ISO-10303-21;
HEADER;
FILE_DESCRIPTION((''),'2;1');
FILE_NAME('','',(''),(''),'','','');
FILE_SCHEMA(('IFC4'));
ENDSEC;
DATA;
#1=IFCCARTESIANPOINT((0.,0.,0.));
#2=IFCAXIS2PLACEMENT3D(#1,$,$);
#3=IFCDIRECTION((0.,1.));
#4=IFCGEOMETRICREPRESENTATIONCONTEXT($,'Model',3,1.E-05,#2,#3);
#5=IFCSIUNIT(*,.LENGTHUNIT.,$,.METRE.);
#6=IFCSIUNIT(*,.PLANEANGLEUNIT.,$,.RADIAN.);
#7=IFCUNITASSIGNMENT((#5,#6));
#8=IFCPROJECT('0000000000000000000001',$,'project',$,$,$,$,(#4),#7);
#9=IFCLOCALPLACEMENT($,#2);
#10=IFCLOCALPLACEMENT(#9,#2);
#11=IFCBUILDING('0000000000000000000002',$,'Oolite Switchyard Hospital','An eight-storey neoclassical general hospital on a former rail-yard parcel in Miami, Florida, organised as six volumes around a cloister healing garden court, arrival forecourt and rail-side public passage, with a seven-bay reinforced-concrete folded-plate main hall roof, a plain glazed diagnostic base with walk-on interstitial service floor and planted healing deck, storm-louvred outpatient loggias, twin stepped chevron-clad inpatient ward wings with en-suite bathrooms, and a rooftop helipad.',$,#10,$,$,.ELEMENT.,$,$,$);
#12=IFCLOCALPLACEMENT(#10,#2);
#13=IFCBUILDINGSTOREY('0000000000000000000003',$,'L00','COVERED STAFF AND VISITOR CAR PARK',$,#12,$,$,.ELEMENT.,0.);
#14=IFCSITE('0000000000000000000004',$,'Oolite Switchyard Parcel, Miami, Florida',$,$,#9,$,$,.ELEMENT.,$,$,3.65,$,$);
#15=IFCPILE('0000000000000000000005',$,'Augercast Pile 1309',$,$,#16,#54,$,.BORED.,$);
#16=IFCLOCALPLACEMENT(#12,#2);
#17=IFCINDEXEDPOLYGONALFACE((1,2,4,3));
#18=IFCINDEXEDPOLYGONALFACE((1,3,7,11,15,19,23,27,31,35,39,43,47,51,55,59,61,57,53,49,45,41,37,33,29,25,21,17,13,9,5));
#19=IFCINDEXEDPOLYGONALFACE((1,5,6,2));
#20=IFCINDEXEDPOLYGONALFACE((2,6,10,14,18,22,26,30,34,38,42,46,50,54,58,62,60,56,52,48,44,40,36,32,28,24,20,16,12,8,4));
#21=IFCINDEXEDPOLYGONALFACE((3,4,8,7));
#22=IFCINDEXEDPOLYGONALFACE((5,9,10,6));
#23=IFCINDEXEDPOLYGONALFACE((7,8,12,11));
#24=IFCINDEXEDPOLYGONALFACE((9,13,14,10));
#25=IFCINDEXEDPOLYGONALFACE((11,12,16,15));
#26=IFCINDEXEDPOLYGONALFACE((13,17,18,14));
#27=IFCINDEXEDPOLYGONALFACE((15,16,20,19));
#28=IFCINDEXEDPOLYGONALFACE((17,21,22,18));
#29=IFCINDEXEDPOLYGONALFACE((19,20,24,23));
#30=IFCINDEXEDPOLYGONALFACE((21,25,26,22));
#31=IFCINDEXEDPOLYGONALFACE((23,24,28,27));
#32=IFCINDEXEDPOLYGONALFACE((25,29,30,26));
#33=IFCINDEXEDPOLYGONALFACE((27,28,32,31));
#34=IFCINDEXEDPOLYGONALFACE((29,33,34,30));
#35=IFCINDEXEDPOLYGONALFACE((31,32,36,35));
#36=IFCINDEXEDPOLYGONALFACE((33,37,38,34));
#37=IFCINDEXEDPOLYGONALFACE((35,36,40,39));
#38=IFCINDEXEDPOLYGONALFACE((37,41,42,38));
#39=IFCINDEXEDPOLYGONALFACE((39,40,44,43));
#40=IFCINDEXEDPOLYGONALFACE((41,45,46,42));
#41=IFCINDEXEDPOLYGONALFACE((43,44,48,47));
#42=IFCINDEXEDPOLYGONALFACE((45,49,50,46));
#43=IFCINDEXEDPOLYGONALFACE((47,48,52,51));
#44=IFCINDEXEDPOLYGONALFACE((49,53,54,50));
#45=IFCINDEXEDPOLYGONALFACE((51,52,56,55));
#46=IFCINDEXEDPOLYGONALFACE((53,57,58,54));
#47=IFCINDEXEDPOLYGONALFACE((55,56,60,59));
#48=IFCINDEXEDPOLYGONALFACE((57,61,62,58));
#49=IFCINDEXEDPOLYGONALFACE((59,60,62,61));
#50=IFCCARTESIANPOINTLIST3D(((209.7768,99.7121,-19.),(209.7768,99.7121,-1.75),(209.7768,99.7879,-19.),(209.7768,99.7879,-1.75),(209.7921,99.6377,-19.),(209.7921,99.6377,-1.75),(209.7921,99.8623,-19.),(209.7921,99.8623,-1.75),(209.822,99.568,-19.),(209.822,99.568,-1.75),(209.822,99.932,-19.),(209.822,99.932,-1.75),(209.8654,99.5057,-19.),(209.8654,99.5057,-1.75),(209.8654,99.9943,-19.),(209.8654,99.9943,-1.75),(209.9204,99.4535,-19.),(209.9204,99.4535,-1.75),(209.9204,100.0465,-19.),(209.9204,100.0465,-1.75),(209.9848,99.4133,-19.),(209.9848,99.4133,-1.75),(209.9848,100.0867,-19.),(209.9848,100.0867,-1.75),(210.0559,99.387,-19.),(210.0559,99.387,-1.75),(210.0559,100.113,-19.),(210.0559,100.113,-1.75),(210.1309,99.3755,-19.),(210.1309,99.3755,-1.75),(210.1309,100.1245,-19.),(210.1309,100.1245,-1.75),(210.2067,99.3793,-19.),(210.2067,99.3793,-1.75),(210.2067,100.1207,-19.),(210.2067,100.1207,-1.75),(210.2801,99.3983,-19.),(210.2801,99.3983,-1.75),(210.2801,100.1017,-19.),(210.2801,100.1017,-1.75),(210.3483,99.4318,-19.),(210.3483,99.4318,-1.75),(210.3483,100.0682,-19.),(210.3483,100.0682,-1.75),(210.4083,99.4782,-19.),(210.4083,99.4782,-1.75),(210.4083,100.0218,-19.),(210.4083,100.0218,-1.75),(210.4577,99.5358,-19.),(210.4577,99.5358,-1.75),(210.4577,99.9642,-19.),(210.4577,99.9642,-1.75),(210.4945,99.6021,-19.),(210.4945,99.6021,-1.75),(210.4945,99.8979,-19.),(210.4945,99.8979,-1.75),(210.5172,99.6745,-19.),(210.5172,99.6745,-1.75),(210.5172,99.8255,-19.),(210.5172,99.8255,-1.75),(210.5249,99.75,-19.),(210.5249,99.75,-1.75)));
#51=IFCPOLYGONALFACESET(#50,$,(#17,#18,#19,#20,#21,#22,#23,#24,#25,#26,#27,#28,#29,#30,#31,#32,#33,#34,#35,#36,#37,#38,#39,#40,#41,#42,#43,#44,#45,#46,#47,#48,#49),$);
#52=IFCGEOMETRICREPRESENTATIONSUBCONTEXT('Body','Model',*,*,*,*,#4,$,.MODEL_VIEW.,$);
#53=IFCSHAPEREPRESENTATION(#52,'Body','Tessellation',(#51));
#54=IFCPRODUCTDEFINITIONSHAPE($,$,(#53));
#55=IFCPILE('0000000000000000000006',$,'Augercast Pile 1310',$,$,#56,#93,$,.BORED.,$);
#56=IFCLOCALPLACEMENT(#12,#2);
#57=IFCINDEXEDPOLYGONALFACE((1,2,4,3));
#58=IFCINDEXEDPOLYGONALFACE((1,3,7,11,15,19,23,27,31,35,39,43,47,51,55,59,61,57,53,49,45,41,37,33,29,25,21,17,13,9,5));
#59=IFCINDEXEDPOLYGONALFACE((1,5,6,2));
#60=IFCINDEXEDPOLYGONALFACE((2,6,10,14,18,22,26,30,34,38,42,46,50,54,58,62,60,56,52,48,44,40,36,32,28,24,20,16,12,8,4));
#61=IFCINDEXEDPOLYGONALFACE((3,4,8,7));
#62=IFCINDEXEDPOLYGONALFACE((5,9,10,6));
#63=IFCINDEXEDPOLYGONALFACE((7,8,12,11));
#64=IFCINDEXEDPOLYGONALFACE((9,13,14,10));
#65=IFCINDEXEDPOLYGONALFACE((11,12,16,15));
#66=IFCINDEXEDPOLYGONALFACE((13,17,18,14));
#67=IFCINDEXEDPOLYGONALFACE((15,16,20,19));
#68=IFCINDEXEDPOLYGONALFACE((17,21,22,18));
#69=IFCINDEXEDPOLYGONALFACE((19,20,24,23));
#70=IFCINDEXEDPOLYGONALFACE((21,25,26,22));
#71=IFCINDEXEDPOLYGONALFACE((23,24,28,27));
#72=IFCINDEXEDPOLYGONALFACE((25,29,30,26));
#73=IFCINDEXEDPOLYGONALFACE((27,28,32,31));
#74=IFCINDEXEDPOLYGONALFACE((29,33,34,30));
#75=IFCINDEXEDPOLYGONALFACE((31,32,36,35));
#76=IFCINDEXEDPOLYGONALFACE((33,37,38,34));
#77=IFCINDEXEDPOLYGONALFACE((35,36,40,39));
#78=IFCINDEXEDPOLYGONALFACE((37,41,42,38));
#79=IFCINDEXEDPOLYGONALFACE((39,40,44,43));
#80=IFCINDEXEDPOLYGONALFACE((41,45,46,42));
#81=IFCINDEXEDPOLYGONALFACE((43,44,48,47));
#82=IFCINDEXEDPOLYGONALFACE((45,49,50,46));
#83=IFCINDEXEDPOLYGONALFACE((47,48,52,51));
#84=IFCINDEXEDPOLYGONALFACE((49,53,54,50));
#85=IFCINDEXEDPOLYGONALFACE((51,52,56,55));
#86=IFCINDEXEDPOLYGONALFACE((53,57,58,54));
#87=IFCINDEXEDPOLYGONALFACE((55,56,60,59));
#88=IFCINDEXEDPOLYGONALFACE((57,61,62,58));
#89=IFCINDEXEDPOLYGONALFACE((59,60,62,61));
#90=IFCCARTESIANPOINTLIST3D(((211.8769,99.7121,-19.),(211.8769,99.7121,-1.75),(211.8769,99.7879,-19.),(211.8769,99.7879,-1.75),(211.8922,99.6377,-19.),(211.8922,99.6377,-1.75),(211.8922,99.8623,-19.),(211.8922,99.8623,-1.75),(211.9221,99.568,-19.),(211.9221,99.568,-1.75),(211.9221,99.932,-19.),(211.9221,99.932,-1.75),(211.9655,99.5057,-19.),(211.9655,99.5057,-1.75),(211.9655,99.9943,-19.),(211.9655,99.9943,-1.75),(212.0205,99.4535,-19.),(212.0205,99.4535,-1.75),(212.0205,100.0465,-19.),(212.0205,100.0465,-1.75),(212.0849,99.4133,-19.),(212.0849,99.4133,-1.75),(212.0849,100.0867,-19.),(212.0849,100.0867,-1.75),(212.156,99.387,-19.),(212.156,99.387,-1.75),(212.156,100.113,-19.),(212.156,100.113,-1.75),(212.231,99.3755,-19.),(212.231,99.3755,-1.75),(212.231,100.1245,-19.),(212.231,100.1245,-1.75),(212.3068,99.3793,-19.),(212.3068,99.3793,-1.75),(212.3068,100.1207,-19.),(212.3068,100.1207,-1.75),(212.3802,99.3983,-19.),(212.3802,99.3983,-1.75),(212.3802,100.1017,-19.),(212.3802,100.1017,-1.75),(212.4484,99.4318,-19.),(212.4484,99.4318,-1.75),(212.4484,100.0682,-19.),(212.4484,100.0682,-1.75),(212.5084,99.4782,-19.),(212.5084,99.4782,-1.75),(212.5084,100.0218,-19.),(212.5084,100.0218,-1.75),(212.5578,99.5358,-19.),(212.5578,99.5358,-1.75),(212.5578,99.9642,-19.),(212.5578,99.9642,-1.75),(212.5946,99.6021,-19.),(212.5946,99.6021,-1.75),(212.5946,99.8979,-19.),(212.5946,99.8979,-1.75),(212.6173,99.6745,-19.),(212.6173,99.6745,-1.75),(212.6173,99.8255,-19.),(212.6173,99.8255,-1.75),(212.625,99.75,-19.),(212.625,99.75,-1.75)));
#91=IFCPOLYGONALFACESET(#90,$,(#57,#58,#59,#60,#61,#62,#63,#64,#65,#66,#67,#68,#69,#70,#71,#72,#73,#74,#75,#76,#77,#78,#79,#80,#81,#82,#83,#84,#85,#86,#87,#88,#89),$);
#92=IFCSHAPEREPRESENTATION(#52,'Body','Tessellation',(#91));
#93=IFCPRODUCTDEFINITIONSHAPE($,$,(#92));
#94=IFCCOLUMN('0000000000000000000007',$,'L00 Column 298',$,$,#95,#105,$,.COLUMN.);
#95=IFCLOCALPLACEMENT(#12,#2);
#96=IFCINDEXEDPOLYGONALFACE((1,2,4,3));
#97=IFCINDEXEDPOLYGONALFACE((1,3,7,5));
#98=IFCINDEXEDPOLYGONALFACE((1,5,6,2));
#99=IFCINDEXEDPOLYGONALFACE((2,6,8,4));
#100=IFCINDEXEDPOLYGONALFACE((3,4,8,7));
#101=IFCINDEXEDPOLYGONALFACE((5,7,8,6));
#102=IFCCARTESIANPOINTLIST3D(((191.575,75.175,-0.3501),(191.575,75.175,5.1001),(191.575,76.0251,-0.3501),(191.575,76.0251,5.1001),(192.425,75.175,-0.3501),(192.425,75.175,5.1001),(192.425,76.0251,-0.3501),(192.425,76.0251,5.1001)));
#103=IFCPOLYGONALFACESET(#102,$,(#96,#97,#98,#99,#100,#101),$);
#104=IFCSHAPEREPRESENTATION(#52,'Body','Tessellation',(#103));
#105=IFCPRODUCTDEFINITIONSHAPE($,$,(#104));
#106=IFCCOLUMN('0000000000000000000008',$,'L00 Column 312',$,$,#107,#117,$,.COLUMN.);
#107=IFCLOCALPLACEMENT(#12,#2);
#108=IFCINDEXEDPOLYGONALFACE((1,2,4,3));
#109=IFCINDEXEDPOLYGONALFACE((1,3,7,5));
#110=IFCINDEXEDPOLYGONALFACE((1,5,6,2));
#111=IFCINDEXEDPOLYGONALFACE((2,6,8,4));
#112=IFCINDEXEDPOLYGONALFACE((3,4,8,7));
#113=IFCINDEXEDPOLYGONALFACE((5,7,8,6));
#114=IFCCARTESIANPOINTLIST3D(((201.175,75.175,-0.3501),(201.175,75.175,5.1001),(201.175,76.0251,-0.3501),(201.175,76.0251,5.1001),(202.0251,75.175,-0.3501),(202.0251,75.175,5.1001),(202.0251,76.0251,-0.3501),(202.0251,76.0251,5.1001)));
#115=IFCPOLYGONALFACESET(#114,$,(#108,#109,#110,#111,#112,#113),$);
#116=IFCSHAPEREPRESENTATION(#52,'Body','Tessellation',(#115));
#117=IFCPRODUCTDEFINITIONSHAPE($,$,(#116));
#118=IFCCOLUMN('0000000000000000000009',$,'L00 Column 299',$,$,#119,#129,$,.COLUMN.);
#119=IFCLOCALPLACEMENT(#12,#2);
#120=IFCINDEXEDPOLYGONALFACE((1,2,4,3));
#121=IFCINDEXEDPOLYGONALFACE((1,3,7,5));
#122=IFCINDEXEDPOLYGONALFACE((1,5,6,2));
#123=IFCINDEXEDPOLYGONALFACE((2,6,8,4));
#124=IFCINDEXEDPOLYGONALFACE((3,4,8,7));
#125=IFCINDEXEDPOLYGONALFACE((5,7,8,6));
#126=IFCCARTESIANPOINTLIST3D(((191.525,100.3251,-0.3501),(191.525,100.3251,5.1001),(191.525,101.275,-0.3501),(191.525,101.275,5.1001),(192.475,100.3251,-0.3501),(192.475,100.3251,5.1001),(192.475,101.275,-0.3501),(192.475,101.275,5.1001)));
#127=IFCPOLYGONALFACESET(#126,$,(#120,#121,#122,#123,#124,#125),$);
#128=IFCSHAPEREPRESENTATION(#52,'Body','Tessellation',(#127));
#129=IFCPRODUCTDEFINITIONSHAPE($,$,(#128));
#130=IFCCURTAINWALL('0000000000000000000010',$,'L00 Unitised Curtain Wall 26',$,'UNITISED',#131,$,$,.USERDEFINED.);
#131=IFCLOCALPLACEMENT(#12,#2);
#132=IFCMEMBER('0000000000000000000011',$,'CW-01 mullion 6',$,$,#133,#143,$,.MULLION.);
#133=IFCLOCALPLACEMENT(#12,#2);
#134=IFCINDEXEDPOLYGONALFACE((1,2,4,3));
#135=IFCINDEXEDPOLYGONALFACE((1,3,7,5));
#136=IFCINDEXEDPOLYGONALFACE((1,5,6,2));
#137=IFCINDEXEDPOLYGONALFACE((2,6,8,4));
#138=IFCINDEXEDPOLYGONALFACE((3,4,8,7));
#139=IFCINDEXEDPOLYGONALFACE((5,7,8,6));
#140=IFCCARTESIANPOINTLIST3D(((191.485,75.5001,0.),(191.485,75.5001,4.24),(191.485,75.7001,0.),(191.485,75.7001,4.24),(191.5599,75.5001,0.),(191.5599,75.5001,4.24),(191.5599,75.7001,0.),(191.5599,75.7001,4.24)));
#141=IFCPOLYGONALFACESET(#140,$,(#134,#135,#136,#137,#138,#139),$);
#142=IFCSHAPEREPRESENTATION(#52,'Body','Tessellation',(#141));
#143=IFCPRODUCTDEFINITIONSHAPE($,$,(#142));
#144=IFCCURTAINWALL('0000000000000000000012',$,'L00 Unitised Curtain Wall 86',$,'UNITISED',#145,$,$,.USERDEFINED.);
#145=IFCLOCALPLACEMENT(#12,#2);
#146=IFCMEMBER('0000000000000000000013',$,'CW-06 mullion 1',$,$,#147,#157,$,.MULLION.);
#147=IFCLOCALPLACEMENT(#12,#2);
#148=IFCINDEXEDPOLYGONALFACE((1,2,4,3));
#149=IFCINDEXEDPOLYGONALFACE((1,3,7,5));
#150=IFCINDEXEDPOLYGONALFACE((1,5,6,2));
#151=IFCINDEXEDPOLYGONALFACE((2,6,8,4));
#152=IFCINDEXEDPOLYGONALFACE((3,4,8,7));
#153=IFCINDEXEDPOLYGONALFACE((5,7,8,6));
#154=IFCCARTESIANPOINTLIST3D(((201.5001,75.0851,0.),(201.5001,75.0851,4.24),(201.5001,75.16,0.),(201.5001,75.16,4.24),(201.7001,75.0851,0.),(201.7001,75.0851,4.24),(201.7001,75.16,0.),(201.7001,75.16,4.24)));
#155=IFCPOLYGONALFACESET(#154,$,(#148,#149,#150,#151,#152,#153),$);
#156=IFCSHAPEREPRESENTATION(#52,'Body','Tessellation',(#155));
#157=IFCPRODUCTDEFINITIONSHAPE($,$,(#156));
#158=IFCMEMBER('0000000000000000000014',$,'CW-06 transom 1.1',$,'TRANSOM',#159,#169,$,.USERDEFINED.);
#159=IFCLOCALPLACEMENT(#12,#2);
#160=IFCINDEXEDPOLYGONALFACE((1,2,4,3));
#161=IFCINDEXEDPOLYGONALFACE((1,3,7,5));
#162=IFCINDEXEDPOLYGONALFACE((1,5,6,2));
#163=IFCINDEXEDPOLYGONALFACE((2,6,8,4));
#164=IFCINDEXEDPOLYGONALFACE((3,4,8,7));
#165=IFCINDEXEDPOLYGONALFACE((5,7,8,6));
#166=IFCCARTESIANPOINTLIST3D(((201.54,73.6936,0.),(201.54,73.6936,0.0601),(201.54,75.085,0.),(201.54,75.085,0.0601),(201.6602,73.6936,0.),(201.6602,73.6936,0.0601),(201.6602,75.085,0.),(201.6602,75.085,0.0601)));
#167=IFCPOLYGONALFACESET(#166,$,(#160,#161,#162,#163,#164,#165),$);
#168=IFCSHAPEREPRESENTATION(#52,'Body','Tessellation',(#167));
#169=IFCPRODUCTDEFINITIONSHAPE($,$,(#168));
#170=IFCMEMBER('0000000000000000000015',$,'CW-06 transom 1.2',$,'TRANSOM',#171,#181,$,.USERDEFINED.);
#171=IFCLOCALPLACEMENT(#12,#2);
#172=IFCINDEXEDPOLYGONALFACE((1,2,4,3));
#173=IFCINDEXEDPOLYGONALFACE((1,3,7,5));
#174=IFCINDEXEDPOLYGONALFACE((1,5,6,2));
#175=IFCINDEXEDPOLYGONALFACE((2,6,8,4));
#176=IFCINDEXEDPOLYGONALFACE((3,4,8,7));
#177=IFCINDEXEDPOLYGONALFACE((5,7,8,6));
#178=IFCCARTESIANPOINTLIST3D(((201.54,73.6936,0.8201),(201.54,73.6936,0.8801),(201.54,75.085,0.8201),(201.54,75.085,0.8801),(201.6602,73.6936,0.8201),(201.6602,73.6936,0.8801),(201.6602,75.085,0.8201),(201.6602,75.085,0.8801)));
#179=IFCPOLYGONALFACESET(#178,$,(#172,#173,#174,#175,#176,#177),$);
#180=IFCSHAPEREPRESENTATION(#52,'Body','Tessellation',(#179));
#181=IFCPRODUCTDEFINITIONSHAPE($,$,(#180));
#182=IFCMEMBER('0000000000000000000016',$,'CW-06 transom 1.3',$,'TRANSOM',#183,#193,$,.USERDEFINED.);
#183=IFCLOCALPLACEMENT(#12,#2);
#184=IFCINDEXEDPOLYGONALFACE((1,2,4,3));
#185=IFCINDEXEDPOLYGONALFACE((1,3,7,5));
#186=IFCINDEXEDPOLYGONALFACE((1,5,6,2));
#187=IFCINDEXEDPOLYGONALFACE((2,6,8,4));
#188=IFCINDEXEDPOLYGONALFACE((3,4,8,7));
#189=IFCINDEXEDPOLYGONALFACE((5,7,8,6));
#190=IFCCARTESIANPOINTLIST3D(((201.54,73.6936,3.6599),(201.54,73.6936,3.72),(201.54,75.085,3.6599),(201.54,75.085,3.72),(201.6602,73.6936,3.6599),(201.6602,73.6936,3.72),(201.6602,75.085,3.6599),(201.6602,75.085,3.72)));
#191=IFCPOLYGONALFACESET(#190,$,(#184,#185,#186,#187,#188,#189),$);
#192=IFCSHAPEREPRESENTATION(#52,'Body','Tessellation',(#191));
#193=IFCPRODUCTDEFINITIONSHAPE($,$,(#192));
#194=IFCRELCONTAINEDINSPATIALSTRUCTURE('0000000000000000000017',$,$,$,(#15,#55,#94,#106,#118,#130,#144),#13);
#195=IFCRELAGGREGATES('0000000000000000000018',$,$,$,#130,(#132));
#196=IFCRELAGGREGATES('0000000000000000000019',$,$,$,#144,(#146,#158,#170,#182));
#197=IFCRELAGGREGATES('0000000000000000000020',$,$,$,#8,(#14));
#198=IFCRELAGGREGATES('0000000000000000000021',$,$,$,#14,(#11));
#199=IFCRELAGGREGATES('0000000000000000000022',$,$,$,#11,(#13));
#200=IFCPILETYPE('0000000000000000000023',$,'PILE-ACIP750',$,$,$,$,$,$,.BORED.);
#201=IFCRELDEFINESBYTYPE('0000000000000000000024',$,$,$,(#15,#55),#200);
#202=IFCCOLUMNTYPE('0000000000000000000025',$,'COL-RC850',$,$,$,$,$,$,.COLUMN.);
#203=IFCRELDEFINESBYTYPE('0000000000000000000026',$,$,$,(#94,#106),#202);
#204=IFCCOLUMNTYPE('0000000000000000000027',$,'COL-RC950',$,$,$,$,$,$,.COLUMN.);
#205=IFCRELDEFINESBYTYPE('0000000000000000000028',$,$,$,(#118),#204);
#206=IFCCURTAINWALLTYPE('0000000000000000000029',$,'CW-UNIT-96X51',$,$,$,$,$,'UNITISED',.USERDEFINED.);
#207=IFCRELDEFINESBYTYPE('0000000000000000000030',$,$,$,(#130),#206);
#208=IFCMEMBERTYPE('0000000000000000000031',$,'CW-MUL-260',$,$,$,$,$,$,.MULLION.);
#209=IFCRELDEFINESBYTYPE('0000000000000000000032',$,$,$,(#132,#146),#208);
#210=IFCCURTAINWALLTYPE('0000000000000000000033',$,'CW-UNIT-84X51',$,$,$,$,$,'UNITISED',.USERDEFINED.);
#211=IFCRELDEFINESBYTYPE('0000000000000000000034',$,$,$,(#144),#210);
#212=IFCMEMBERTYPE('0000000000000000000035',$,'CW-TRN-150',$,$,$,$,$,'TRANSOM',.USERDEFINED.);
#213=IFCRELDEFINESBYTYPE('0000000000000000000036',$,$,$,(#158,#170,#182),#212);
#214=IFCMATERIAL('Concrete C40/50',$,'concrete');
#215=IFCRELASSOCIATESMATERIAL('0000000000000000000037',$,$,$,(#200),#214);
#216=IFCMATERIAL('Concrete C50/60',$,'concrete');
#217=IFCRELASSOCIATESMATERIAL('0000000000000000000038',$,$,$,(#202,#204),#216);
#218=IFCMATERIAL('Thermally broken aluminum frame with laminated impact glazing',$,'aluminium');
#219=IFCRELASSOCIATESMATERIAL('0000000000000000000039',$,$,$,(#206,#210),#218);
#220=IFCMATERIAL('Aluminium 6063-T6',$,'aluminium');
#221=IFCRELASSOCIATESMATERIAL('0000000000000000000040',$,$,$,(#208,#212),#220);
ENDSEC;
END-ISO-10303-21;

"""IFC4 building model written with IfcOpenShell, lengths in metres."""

from ifc_helpers import new_model, si_unit, direction, frame, origin, origin_2d, place, context, subcontext, project, spatial, rectangle, circle, extrude, material, material_profile, profile_set, type_object, element, aggregate, save


model = new_model("IFC4")

# Units and contexts
model_context = context("Model", 3, precision=1e-05, world=origin(), true_north=direction((0.0, 1.0)))
body_context = subcontext(model_context, "Body", "Model", "MODEL_VIEW")
ifc_project = project(units=[si_unit("LENGTHUNIT", "METRE"), si_unit("PLANEANGLEUNIT", "RADIAN")], contexts=[model_context])

# Site, building, storey
site_placement = place(None, origin())
site = spatial("IfcSite", under=ifc_project, at=site_placement, Name="Oolite Switchyard Parcel, Miami, Florida", CompositionType="ELEMENT", RefElevation=3.65)
building_placement = place(site_placement, origin())
building = spatial("IfcBuilding", under=site, at=building_placement, Name="Oolite Switchyard Hospital", Description="An eight-storey neoclassical general hospital on a former rail-yard parcel in Miami, Florida, organised as six volumes around a cloister healing garden court, arrival forecourt and rail-side public passage, with a seven-bay reinforced-concrete folded-plate main hall roof, a plain glazed diagnostic base with walk-on interstitial service floor and planted healing deck, storm-louvred outpatient loggias, twin stepped chevron-clad inpatient ward wings with en-suite bathrooms, and a rooftop helipad.", CompositionType="ELEMENT")
storey_placement = place(building_placement, origin())
storey = spatial("IfcBuildingStorey", under=building, at=storey_placement, Name="L00", Description="COVERED STAFF AND VISITOR CAR PARK", CompositionType="ELEMENT", Elevation=0.0)

# Shared definitions
ifc_material_1 = material(Name="Concrete C40/50", Category="concrete")

# Piles
ifc_material_profile_1 = material_profile(ifc_material_1, circle(Radius=0.375, at=origin_2d()), Name="PILE750")
ifc_profile_set_1 = profile_set([ifc_material_profile_1], Name="Concrete C40/50")
pile_type_1 = type_object("IfcPileType", Name="PILE-ACIP750", PredefinedType="BORED", material=ifc_profile_set_1)
for number, where, z_axis, x_axis, name in (
    (1, (210.1499, 99.75, -1.75), (0.0, 0.0, -1.0), (1.0, 0.0, 0.0), "Augercast Pile 1309"),
    (2, (212.25, 99.75, -1.75), (0.0, 0.0, -1.0), (1.0, 0.0, 0.0), "Augercast Pile 1310"),
):
    element("IfcPile", number, at=place(storey_placement, frame(where, z_axis=z_axis, x_axis=x_axis)), inside=storey, type_object=pile_type_1, Name=name, PredefinedType="BORED", context=body_context, shape_type="SweptSolid", body=[
        extrude(circle(Radius=0.375, at=origin_2d()), origin(), (0.0, 0.0, 1.0), 17.25),
    ])

# Columns
ifc_material_2 = material(Name="Concrete C50/60", Category="concrete")
ifc_material_profile_2 = material_profile(ifc_material_2, rectangle(XDim=0.8501, YDim=0.8501, at=origin_2d()), Name="RC850X850")
ifc_profile_set_2 = profile_set([ifc_material_profile_2], Name="Concrete C50/60")
column_type_1 = type_object("IfcColumnType", Name="COL-RC850", PredefinedType="COLUMN", material=ifc_profile_set_2)
for number, where, z_axis, x_axis, name in (
    (3, (192.0, 75.6001, -0.3501), (0.0, 0.0, 1.0), (1.0, 0.0, 0.0), "L00 Column 298"),
    (4, (201.6001, 75.6001, -0.3501), (0.0, 0.0, 1.0), (1.0, 0.0, 0.0), "L00 Column 312"),
):
    element("IfcColumn", number, at=place(storey_placement, frame(where, z_axis=z_axis, x_axis=x_axis)), inside=storey, type_object=column_type_1, Name=name, PredefinedType="COLUMN", context=body_context, shape_type="SweptSolid", body=[
        extrude(rectangle(XDim=0.8501, YDim=0.8501, at=origin_2d()), origin(), (0.0, 0.0, 1.0), 5.4502),
    ])
ifc_material_profile_3 = material_profile(ifc_material_2, rectangle(XDim=0.95, YDim=0.95, at=origin_2d()), Name="RC950X950")
ifc_profile_set_3 = profile_set([ifc_material_profile_3], Name="Concrete C50/60")
column_type_2 = type_object("IfcColumnType", Name="COL-RC950", PredefinedType="COLUMN", material=ifc_profile_set_3)
column_placement = place(storey_placement, frame((192.0, 100.8, -0.3501), z_axis=(0.0, 0.0, 1.0), x_axis=(1.0, 0.0, 0.0)))
element("IfcColumn", 5, at=column_placement, inside=storey, type_object=column_type_2, Name="L00 Column 299", PredefinedType="COLUMN", context=body_context, shape_type="SweptSolid", body=[
    extrude(rectangle(XDim=0.95, YDim=0.95, at=origin_2d()), origin(), (0.0, 0.0, 1.0), 5.4502),
])

# Curtain wall, member
ifc_material_3 = material(Name="Thermally broken aluminum frame with laminated impact glazing", Category="aluminium")
curtain_wall_type_1 = type_object("IfcCurtainWallType", Name="CW-UNIT-96X51", ElementType="UNITISED", PredefinedType="USERDEFINED", material=ifc_material_3)
curtain_wall_1_placement = place(storey_placement, origin())
curtain_wall_1 = element("IfcCurtainWall", 6, at=curtain_wall_1_placement, inside=storey, type_object=curtain_wall_type_1, Name="L00 Unitised Curtain Wall 26", ObjectType="UNITISED", PredefinedType="USERDEFINED")
ifc_material_4 = material(Name="Aluminium 6063-T6", Category="aluminium")
ifc_material_profile_4 = material_profile(ifc_material_4, rectangle(XDim=0.2, YDim=0.075, at=origin_2d()), Name="CWM75X200")
ifc_profile_set_4 = profile_set([ifc_material_profile_4], Name="Aluminium 6063-T6")
member_type_1 = type_object("IfcMemberType", Name="CW-MUL-260", PredefinedType="MULLION", material=ifc_profile_set_4)
member_1_placement = place(storey_placement, frame((191.5225, 75.6001, 0.0), z_axis=(0.0, 0.0, 1.0), x_axis=(0.0, 1.0, 0.0)))
member_1 = element("IfcMember", 7, at=member_1_placement, type_object=member_type_1, Name="CW-01 mullion 6", PredefinedType="MULLION", context=body_context, shape_type="SweptSolid", body=[
    extrude(rectangle(XDim=0.2, YDim=0.075, at=origin_2d()), origin(), (0.0, 0.0, 1.0), 4.24),
])
aggregate(curtain_wall_1, [member_1])

# Curtain wall, members
curtain_wall_type_2 = type_object("IfcCurtainWallType", Name="CW-UNIT-84X51", ElementType="UNITISED", PredefinedType="USERDEFINED", material=ifc_material_3)
curtain_wall_2_placement = place(storey_placement, origin())
curtain_wall_2 = element("IfcCurtainWall", 8, at=curtain_wall_2_placement, inside=storey, type_object=curtain_wall_type_2, Name="L00 Unitised Curtain Wall 86", ObjectType="UNITISED", PredefinedType="USERDEFINED")
member_2_placement = place(storey_placement, frame((201.6001, 75.1226, 0.0), z_axis=(0.0, 0.0, 1.0), x_axis=(1.0, 0.0, 0.0)))
member_2 = element("IfcMember", 9, at=member_2_placement, type_object=member_type_1, Name="CW-06 mullion 1", PredefinedType="MULLION", context=body_context, shape_type="SweptSolid", body=[
    extrude(rectangle(XDim=0.2, YDim=0.075, at=origin_2d()), origin(), (0.0, 0.0, 1.0), 4.24),
])
ifc_material_profile_5 = material_profile(ifc_material_4, rectangle(XDim=0.1201, YDim=0.0601, at=origin_2d()), Name="CWT60X120")
ifc_profile_set_5 = profile_set([ifc_material_profile_5], Name="Aluminium 6063-T6")
member_type_2 = type_object("IfcMemberType", Name="CW-TRN-150", ElementType="TRANSOM", PredefinedType="USERDEFINED", material=ifc_profile_set_5)
member_3_placement = place(storey_placement, frame((201.6001, 75.085, 0.03), z_axis=(0.0, -1.0, 0.0), x_axis=(1.0, 0.0, 0.0)))
member_3 = element("IfcMember", 10, at=member_3_placement, type_object=member_type_2, Name="CW-06 transom 1.1", ObjectType="TRANSOM", PredefinedType="USERDEFINED", context=body_context, shape_type="SweptSolid", body=[
    extrude(rectangle(XDim=0.1201, YDim=0.0601, at=origin_2d()), origin(), (0.0, 0.0, 1.0), 1.3914),
])
member_4_placement = place(storey_placement, frame((201.6001, 75.085, 0.8501), z_axis=(0.0, -1.0, 0.0), x_axis=(1.0, 0.0, 0.0)))
member_4 = element("IfcMember", 11, at=member_4_placement, type_object=member_type_2, Name="CW-06 transom 1.2", ObjectType="TRANSOM", PredefinedType="USERDEFINED", context=body_context, shape_type="SweptSolid", body=[
    extrude(rectangle(XDim=0.1201, YDim=0.0601, at=origin_2d()), origin(), (0.0, 0.0, 1.0), 1.3914),
])
member_5_placement = place(storey_placement, frame((201.6001, 75.085, 3.6899), z_axis=(0.0, -1.0, 0.0), x_axis=(1.0, 0.0, 0.0)))
member_5 = element("IfcMember", 12, at=member_5_placement, type_object=member_type_2, Name="CW-06 transom 1.3", ObjectType="TRANSOM", PredefinedType="USERDEFINED", context=body_context, shape_type="SweptSolid", body=[
    extrude(rectangle(XDim=0.1201, YDim=0.0601, at=origin_2d()), origin(), (0.0, 0.0, 1.0), 1.3914),
])
aggregate(curtain_wall_2, [member_2, member_3, member_4, member_5])

save(model, "model.ifc")
